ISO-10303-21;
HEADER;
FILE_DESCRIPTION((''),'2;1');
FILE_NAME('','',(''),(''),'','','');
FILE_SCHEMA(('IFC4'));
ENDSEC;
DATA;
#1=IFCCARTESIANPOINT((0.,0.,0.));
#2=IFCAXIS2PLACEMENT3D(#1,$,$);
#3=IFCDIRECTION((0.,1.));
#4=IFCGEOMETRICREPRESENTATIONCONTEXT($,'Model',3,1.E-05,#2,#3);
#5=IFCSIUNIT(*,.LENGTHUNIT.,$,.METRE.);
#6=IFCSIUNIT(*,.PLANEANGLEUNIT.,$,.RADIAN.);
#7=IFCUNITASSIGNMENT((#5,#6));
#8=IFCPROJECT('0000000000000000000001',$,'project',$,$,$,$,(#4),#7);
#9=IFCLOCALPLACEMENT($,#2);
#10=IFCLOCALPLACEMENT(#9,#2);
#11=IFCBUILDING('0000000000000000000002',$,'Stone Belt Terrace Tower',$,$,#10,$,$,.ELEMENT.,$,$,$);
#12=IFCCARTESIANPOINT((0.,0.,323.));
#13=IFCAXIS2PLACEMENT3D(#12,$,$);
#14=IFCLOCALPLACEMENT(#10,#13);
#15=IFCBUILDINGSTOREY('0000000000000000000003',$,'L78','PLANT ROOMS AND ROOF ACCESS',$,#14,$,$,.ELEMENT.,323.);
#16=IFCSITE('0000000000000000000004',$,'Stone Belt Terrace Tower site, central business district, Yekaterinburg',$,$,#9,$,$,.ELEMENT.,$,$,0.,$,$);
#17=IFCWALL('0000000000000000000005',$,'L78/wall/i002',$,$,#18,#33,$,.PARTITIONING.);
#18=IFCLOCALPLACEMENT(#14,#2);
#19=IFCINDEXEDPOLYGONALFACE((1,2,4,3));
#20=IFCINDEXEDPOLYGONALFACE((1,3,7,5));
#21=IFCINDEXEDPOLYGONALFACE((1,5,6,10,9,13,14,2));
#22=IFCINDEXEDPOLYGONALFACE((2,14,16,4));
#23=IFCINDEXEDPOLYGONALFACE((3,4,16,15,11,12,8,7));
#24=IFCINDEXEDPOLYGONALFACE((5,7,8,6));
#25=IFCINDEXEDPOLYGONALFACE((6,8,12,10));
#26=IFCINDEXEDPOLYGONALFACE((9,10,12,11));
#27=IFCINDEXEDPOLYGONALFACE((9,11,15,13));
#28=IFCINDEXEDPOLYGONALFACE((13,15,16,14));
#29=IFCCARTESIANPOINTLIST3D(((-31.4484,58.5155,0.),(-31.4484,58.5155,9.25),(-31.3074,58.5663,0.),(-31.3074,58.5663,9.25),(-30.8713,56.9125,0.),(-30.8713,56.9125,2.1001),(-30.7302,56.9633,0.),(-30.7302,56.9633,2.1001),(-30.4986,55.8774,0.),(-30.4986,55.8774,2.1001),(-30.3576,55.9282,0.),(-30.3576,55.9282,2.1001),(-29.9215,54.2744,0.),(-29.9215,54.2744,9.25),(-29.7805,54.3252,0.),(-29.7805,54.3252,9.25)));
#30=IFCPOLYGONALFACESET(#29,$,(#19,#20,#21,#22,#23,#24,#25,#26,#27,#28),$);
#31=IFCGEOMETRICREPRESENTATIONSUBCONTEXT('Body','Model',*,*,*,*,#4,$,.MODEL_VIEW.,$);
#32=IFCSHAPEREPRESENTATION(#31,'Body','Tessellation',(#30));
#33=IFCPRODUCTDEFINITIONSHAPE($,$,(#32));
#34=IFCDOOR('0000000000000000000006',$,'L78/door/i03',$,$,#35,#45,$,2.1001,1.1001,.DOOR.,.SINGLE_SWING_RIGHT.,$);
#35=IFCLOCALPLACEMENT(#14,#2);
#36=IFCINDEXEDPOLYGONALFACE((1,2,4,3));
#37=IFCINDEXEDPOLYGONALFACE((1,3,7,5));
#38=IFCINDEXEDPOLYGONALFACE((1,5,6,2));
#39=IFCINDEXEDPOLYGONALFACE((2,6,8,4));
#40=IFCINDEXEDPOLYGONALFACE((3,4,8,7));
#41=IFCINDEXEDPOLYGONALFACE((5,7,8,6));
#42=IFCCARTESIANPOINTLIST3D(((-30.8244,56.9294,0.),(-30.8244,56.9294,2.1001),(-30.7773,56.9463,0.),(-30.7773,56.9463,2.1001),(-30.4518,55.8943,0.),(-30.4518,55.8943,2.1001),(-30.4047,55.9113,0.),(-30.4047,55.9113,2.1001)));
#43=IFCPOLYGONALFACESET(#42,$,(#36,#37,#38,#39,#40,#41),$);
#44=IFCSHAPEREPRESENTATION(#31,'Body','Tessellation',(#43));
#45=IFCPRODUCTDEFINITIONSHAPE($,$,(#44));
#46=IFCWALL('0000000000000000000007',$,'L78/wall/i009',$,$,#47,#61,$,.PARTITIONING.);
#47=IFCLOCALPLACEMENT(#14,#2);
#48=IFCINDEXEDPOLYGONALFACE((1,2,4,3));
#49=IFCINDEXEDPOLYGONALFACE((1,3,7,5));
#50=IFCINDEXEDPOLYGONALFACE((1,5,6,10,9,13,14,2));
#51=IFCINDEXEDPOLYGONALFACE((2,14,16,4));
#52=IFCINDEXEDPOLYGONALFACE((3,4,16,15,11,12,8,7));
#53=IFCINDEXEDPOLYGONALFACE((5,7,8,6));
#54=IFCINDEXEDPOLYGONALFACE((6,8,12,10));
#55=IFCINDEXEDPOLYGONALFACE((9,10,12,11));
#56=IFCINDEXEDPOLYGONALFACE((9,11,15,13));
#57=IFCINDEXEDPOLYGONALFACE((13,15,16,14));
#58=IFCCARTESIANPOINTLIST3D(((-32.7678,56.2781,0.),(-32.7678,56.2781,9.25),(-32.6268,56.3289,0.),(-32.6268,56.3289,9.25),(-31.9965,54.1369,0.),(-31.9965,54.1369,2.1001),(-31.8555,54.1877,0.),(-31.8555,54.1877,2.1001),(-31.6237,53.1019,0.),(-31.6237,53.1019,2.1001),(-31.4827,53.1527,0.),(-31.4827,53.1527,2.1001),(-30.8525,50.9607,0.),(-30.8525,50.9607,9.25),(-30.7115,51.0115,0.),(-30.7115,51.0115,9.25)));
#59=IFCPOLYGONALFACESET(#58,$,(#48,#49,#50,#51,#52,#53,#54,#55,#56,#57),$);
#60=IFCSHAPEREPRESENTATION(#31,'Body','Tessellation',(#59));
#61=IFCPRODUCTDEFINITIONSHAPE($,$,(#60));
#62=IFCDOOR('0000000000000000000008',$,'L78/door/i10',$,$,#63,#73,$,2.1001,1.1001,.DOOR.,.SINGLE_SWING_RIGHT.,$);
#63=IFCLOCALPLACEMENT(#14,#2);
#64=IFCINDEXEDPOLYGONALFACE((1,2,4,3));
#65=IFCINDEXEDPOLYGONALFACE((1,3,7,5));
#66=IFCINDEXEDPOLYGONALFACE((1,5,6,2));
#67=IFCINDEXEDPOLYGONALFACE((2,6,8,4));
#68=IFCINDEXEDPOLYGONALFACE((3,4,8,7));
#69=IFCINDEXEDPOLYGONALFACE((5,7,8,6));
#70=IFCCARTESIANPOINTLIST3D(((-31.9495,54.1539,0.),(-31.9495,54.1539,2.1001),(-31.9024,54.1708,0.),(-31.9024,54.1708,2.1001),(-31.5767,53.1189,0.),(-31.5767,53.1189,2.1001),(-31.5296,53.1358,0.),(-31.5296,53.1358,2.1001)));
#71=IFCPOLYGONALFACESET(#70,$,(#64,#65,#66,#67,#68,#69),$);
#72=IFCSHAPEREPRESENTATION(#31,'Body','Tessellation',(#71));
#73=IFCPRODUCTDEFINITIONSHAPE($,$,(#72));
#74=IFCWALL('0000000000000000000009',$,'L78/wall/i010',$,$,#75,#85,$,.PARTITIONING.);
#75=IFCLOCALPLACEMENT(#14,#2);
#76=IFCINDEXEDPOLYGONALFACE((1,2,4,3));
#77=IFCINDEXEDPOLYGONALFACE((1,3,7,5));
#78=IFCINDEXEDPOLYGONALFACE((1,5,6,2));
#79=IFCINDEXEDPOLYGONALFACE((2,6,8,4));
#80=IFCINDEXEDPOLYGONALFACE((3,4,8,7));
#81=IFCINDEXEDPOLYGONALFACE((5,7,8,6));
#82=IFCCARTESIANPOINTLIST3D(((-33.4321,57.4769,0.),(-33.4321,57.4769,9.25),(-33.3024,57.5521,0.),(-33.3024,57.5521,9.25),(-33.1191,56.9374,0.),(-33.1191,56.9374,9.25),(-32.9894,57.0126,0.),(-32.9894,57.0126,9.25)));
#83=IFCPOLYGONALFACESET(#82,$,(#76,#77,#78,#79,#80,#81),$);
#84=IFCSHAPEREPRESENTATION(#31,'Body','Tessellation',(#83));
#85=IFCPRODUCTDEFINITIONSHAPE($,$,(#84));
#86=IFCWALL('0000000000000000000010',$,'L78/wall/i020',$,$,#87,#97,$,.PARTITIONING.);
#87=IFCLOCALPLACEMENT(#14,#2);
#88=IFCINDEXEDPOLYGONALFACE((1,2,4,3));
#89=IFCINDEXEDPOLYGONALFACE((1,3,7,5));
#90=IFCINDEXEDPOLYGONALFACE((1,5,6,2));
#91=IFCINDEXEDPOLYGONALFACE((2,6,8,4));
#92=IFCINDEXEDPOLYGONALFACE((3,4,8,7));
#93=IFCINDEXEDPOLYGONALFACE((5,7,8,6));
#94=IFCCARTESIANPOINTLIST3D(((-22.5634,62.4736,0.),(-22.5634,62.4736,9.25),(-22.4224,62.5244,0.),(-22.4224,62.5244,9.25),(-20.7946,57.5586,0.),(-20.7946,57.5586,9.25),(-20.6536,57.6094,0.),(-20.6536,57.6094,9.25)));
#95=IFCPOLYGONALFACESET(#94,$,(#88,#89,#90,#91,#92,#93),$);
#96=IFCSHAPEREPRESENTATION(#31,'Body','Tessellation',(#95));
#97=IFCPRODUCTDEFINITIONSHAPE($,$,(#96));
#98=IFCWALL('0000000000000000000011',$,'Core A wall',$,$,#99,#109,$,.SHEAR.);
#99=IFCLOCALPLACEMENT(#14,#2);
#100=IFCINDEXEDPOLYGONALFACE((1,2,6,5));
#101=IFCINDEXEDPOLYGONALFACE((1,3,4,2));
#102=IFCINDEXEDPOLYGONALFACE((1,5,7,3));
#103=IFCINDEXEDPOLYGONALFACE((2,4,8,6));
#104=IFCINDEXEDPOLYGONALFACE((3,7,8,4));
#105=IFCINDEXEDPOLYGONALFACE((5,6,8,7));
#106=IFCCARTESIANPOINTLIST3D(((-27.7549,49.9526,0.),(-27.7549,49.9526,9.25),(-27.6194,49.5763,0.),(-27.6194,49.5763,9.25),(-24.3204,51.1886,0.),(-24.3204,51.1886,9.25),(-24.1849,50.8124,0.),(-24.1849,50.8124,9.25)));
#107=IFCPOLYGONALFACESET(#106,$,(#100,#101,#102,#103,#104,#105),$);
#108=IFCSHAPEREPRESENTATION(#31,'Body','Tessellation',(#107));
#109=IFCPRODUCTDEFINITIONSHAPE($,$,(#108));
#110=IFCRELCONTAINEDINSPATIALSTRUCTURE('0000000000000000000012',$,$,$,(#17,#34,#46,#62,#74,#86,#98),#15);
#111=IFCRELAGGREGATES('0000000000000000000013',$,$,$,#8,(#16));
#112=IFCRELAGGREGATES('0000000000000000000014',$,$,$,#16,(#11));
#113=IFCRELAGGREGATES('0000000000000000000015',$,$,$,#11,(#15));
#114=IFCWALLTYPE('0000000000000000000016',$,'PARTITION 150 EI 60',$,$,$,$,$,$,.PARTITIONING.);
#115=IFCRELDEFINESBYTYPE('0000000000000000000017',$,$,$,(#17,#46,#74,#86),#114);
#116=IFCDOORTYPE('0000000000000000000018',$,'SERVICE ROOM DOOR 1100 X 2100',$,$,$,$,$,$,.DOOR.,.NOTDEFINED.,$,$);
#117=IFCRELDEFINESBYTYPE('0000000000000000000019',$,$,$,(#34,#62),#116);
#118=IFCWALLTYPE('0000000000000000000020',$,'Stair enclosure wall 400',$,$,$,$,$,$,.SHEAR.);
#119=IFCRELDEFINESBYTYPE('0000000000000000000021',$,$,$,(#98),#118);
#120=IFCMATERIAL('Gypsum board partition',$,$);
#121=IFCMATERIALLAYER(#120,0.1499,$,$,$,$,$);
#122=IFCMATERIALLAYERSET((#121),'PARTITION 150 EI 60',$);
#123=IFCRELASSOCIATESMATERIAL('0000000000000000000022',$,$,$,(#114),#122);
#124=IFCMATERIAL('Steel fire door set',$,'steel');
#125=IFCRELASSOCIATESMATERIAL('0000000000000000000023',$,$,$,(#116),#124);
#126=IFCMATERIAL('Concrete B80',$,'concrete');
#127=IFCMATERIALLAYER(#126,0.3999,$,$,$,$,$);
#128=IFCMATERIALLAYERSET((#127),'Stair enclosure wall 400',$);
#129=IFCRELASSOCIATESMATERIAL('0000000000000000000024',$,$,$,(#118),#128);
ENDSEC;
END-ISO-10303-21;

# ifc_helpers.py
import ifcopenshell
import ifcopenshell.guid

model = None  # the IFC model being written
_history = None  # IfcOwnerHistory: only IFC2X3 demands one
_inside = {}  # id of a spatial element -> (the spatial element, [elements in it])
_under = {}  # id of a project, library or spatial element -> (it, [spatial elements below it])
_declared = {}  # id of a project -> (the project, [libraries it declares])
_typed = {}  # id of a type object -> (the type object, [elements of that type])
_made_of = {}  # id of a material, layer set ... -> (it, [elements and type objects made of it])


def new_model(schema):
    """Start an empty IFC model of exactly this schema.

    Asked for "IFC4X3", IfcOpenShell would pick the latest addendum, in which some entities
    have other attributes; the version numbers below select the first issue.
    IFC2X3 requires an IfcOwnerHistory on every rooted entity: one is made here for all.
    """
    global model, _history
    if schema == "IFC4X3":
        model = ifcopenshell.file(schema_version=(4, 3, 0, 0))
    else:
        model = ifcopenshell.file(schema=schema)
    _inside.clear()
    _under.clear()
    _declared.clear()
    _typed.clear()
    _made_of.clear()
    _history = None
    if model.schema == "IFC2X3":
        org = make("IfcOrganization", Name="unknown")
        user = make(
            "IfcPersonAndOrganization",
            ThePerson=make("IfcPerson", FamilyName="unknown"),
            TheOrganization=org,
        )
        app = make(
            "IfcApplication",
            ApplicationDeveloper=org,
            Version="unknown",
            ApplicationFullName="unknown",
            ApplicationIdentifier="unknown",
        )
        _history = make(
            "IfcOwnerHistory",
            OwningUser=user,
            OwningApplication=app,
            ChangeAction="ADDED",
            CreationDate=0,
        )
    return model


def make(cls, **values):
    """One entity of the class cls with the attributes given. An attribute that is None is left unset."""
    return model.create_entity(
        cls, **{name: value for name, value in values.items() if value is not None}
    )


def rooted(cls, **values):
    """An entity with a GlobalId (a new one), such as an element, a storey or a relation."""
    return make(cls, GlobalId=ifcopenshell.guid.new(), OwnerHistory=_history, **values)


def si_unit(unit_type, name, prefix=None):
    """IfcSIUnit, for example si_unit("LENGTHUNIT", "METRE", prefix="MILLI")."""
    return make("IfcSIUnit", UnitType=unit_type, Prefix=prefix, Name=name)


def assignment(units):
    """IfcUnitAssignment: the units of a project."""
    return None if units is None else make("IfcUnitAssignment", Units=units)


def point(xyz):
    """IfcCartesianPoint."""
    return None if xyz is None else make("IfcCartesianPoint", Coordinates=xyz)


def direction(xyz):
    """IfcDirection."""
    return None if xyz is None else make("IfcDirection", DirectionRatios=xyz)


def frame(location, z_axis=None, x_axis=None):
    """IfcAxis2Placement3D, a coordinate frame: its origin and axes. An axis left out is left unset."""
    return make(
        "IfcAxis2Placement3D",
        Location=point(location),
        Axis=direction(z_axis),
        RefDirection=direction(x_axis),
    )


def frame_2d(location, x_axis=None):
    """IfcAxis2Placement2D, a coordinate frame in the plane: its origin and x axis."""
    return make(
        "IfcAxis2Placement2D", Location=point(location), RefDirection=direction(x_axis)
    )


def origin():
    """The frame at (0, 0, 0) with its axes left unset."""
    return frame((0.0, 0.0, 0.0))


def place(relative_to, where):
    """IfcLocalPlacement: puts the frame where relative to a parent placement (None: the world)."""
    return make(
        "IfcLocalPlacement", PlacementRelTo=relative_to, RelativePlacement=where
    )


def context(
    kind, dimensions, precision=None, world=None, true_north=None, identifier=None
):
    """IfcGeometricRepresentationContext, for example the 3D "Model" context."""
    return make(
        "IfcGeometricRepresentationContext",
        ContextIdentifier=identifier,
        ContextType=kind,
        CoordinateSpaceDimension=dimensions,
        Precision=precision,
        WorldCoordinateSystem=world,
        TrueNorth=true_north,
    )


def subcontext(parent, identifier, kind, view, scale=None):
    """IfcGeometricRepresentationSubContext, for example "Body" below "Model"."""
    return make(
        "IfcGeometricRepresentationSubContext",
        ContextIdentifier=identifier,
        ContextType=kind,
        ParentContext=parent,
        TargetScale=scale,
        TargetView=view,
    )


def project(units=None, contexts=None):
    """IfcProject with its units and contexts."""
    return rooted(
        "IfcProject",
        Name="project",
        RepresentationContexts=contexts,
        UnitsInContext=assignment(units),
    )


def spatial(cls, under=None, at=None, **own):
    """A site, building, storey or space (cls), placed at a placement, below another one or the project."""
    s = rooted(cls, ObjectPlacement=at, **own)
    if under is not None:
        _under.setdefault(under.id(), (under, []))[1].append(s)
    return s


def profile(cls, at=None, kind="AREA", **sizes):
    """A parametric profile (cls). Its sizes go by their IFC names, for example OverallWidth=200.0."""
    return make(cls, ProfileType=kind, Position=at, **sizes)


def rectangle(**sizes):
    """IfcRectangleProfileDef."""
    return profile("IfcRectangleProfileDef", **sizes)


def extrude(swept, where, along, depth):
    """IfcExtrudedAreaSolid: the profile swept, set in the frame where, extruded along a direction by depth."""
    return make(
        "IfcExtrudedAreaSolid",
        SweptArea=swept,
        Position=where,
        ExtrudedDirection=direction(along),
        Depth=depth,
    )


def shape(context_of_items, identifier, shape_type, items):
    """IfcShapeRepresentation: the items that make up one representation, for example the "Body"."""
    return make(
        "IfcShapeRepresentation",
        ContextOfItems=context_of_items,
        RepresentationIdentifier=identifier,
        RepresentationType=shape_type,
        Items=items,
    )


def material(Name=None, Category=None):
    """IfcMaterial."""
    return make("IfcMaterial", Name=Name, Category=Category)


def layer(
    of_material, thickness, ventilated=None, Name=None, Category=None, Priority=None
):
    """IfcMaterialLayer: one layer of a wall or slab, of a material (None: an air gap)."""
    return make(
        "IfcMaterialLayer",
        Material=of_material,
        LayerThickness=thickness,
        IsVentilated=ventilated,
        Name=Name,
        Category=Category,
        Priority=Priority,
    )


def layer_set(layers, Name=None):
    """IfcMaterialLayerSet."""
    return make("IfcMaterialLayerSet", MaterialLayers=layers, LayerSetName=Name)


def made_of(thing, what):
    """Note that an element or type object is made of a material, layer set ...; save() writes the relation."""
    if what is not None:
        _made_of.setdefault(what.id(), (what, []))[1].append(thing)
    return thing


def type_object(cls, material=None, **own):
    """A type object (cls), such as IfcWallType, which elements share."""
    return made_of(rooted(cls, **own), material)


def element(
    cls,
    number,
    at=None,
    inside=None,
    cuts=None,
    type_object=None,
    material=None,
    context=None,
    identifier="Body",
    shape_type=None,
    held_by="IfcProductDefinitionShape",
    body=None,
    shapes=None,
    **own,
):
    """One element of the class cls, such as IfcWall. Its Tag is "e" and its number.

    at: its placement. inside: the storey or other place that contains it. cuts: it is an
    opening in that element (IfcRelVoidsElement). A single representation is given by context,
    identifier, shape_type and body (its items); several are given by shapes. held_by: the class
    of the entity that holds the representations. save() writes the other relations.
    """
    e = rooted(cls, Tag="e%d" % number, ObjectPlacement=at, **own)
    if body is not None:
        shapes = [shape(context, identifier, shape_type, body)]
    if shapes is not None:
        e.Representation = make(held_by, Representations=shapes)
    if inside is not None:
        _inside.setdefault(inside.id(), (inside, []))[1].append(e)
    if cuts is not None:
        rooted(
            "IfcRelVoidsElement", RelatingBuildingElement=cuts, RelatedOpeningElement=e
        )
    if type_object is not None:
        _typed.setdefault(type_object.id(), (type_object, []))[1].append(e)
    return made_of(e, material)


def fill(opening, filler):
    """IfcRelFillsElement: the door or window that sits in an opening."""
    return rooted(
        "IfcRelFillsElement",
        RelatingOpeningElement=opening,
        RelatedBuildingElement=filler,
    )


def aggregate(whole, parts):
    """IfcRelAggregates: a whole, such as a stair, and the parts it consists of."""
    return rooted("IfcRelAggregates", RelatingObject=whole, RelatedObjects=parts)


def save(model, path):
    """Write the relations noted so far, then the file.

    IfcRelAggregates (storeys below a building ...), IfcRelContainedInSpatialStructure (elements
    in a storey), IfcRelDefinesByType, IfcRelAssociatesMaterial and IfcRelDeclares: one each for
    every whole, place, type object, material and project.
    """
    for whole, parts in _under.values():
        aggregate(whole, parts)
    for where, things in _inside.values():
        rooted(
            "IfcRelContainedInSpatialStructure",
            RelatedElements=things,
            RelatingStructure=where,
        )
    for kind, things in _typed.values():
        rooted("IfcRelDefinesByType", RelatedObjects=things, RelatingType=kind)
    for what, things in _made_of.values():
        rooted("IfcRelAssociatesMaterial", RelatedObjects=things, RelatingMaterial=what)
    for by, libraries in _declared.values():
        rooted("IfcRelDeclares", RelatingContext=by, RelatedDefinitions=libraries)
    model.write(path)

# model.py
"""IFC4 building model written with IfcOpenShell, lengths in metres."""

from ifc_helpers import new_model, si_unit, direction, frame, frame_2d, origin, place, context, subcontext, project, spatial, rectangle, extrude, material, layer, layer_set, type_object, element, fill, save


model = new_model("IFC4")

# Units and contexts
model_context = context("Model", 3, precision=1e-05, world=origin(), true_north=direction((0.0, 1.0)))
body_context = subcontext(model_context, "Body", "Model", "MODEL_VIEW")
ifc_project = project(units=[si_unit("LENGTHUNIT", "METRE"), si_unit("PLANEANGLEUNIT", "RADIAN")], contexts=[model_context])

# Site, building, storey
site_placement = place(None, origin())
site = spatial("IfcSite", under=ifc_project, at=site_placement, Name="Stone Belt Terrace Tower site, central business district, Yekaterinburg", CompositionType="ELEMENT", RefElevation=0.0)
building_placement = place(site_placement, origin())
building = spatial("IfcBuilding", under=site, at=building_placement, Name="Stone Belt Terrace Tower", CompositionType="ELEMENT")
storey_placement = place(building_placement, frame((0.0, 0.0, 323.0)))
storey = spatial("IfcBuildingStorey", under=building, at=storey_placement, Name="L78", Description="PLANT ROOMS AND ROOF ACCESS", CompositionType="ELEMENT", Elevation=323.0)

# Shared definitions
ifc_material_1 = material(Name="Concrete B80", Category="concrete")

# Walls, openings, doors
ifc_material_2 = material(Name="Gypsum board partition")
ifc_layer_1 = layer(ifc_material_2, 0.1499)
ifc_layer_set_1 = layer_set([ifc_layer_1], Name="PARTITION 150 EI 60")
wall_type_1 = type_object("IfcWallType", Name="PARTITION 150 EI 60", PredefinedType="PARTITIONING", material=ifc_layer_set_1)
wall_1_placement = place(storey_placement, frame((-31.3779, 58.541, 0.0), z_axis=(0.0, 0.0, 1.0), x_axis=(0.338741, -0.94088, 0.0)))
wall_1 = element("IfcWall", 1, at=wall_1_placement, inside=storey, type_object=wall_type_1, Name="L78/wall/i002", PredefinedType="PARTITIONING", context=body_context, shape_type="SweptSolid", body=[
    extrude(rectangle(XDim=4.5076, YDim=0.1499, at=frame_2d((2.2539, 0.0))), origin(), (0.0, 0.0, 1.0), 9.25),
])
opening_1_placement = place(wall_1_placement, frame((1.7039, 0.0, 0.0)))
opening_1 = element("IfcOpeningElement", 2, at=opening_1_placement, cuts=wall_1, PredefinedType="OPENING", context=body_context, shape_type="SweptSolid", body=[
    extrude(rectangle(XDim=1.1001, YDim=2.1001, at=frame_2d((0.55, 1.05))), frame((0.0, 0.085, 0.0), z_axis=(0.0, -1.0, 0.0), x_axis=(1.0, 0.0, 0.0)), (0.0, 0.0, 1.0), 0.1699),
])
ifc_material_3 = material(Name="Steel fire door set", Category="steel")
door_type_1 = type_object("IfcDoorType", Name="SERVICE ROOM DOOR 1100 X 2100", OperationType="NOTDEFINED", PredefinedType="DOOR", material=ifc_material_3)
door_1_placement = place(opening_1_placement, origin())
door_1 = element("IfcDoor", 3, at=door_1_placement, inside=storey, type_object=door_type_1, Name="L78/door/i03", OperationType="SINGLE_SWING_RIGHT", OverallHeight=2.1001, OverallWidth=1.1001, PredefinedType="DOOR", context=body_context, shape_type="SweptSolid", body=[
    extrude(rectangle(XDim=1.1001, YDim=2.1001, at=frame_2d((0.55, 1.05))), frame((0.0, 0.0249, 0.0), z_axis=(0.0, -1.0, 0.0), x_axis=(1.0, 0.0, 0.0)), (0.0, 0.0, 1.0), 0.05),
])
fill(opening_1, door_1)
wall_2_placement = place(storey_placement, frame((-30.782, 50.9861, 0.0), z_axis=(0.0, 0.0, 1.0), x_axis=(-0.33888, 0.94083, 0.0)))
wall_2 = element("IfcWall", 4, at=wall_2_placement, inside=storey, type_object=wall_type_1, Name="L78/wall/i009", PredefinedType="PARTITIONING", context=body_context, shape_type="SweptSolid", body=[
    extrude(rectangle(XDim=5.6519, YDim=0.1499, at=frame_2d((2.8259, 0.0))), origin(), (0.0, 0.0, 1.0), 9.25),
])
opening_2_placement = place(wall_2_placement, frame((2.2759, 0.0, 0.0)))
opening_2 = element("IfcOpeningElement", 5, at=opening_2_placement, cuts=wall_2, PredefinedType="OPENING", context=body_context, shape_type="SweptSolid", body=[
    extrude(rectangle(XDim=1.1001, YDim=2.1001, at=frame_2d((0.55, 1.05))), frame((0.0, 0.085, 0.0), z_axis=(0.0, -1.0, 0.0), x_axis=(1.0, 0.0, 0.0)), (0.0, 0.0, 1.0), 0.1699),
])
door_2_placement = place(opening_2_placement, origin())
door_2 = element("IfcDoor", 6, at=door_2_placement, inside=storey, type_object=door_type_1, Name="L78/door/i10", OperationType="SINGLE_SWING_RIGHT", OverallHeight=2.1001, OverallWidth=1.1001, PredefinedType="DOOR", context=body_context, shape_type="SweptSolid", body=[
    extrude(rectangle(XDim=1.1001, YDim=2.1001, at=frame_2d((0.55, 1.05))), frame((0.0, 0.0249, 0.0), z_axis=(0.0, -1.0, 0.0), x_axis=(1.0, 0.0, 0.0)), (0.0, 0.0, 1.0), 0.05),
])
fill(opening_2, door_2)

# Walls
wall_3_placement = place(storey_placement, frame((-33.0542, 56.9749, 0.0), z_axis=(0.0, 0.0, 1.0), x_axis=(-0.501777, 0.864997, 0.0)))
element("IfcWall", 7, at=wall_3_placement, inside=storey, type_object=wall_type_1, Name="L78/wall/i010", PredefinedType="PARTITIONING", context=body_context, shape_type="SweptSolid", body=[
    extrude(rectangle(XDim=0.6238, YDim=0.1499, at=frame_2d((0.312, 0.0))), origin(), (0.0, 0.0, 1.0), 9.25),
])
wall_4_placement = place(storey_placement, frame((-22.4929, 62.499, 0.0), z_axis=(0.0, 0.0, 1.0), x_axis=(0.338615, -0.940925, 0.0)))
element("IfcWall", 8, at=wall_4_placement, inside=storey, type_object=wall_type_1, Name="L78/wall/i020", PredefinedType="PARTITIONING", context=body_context, shape_type="SweptSolid", body=[
    extrude(rectangle(XDim=5.2236, YDim=0.1499, at=frame_2d((2.6118, 0.0))), origin(), (0.0, 0.0, 1.0), 9.25),
])
ifc_layer_2 = layer(ifc_material_1, 0.3999)
ifc_layer_set_2 = layer_set([ifc_layer_2], Name="Stair enclosure wall 400")
wall_type_2 = type_object("IfcWallType", Name="Stair enclosure wall 400", PredefinedType="SHEAR", material=ifc_layer_set_2)
wall_5_placement = place(storey_placement, frame((-27.6873, 49.7644, 0.0), z_axis=(0.0, 0.0, 1.0), x_axis=(0.940919, 0.338632, 0.0)))
element("IfcWall", 9, at=wall_5_placement, inside=storey, type_object=wall_type_2, Name="Core A wall", PredefinedType="SHEAR", context=body_context, shape_type="SweptSolid", body=[
    extrude(rectangle(XDim=3.6501, YDim=0.3999, at=frame_2d((1.8252, 0.0))), origin(), (0.0, 0.0, 1.0), 9.25),
])

save(model, "model.ifc")
